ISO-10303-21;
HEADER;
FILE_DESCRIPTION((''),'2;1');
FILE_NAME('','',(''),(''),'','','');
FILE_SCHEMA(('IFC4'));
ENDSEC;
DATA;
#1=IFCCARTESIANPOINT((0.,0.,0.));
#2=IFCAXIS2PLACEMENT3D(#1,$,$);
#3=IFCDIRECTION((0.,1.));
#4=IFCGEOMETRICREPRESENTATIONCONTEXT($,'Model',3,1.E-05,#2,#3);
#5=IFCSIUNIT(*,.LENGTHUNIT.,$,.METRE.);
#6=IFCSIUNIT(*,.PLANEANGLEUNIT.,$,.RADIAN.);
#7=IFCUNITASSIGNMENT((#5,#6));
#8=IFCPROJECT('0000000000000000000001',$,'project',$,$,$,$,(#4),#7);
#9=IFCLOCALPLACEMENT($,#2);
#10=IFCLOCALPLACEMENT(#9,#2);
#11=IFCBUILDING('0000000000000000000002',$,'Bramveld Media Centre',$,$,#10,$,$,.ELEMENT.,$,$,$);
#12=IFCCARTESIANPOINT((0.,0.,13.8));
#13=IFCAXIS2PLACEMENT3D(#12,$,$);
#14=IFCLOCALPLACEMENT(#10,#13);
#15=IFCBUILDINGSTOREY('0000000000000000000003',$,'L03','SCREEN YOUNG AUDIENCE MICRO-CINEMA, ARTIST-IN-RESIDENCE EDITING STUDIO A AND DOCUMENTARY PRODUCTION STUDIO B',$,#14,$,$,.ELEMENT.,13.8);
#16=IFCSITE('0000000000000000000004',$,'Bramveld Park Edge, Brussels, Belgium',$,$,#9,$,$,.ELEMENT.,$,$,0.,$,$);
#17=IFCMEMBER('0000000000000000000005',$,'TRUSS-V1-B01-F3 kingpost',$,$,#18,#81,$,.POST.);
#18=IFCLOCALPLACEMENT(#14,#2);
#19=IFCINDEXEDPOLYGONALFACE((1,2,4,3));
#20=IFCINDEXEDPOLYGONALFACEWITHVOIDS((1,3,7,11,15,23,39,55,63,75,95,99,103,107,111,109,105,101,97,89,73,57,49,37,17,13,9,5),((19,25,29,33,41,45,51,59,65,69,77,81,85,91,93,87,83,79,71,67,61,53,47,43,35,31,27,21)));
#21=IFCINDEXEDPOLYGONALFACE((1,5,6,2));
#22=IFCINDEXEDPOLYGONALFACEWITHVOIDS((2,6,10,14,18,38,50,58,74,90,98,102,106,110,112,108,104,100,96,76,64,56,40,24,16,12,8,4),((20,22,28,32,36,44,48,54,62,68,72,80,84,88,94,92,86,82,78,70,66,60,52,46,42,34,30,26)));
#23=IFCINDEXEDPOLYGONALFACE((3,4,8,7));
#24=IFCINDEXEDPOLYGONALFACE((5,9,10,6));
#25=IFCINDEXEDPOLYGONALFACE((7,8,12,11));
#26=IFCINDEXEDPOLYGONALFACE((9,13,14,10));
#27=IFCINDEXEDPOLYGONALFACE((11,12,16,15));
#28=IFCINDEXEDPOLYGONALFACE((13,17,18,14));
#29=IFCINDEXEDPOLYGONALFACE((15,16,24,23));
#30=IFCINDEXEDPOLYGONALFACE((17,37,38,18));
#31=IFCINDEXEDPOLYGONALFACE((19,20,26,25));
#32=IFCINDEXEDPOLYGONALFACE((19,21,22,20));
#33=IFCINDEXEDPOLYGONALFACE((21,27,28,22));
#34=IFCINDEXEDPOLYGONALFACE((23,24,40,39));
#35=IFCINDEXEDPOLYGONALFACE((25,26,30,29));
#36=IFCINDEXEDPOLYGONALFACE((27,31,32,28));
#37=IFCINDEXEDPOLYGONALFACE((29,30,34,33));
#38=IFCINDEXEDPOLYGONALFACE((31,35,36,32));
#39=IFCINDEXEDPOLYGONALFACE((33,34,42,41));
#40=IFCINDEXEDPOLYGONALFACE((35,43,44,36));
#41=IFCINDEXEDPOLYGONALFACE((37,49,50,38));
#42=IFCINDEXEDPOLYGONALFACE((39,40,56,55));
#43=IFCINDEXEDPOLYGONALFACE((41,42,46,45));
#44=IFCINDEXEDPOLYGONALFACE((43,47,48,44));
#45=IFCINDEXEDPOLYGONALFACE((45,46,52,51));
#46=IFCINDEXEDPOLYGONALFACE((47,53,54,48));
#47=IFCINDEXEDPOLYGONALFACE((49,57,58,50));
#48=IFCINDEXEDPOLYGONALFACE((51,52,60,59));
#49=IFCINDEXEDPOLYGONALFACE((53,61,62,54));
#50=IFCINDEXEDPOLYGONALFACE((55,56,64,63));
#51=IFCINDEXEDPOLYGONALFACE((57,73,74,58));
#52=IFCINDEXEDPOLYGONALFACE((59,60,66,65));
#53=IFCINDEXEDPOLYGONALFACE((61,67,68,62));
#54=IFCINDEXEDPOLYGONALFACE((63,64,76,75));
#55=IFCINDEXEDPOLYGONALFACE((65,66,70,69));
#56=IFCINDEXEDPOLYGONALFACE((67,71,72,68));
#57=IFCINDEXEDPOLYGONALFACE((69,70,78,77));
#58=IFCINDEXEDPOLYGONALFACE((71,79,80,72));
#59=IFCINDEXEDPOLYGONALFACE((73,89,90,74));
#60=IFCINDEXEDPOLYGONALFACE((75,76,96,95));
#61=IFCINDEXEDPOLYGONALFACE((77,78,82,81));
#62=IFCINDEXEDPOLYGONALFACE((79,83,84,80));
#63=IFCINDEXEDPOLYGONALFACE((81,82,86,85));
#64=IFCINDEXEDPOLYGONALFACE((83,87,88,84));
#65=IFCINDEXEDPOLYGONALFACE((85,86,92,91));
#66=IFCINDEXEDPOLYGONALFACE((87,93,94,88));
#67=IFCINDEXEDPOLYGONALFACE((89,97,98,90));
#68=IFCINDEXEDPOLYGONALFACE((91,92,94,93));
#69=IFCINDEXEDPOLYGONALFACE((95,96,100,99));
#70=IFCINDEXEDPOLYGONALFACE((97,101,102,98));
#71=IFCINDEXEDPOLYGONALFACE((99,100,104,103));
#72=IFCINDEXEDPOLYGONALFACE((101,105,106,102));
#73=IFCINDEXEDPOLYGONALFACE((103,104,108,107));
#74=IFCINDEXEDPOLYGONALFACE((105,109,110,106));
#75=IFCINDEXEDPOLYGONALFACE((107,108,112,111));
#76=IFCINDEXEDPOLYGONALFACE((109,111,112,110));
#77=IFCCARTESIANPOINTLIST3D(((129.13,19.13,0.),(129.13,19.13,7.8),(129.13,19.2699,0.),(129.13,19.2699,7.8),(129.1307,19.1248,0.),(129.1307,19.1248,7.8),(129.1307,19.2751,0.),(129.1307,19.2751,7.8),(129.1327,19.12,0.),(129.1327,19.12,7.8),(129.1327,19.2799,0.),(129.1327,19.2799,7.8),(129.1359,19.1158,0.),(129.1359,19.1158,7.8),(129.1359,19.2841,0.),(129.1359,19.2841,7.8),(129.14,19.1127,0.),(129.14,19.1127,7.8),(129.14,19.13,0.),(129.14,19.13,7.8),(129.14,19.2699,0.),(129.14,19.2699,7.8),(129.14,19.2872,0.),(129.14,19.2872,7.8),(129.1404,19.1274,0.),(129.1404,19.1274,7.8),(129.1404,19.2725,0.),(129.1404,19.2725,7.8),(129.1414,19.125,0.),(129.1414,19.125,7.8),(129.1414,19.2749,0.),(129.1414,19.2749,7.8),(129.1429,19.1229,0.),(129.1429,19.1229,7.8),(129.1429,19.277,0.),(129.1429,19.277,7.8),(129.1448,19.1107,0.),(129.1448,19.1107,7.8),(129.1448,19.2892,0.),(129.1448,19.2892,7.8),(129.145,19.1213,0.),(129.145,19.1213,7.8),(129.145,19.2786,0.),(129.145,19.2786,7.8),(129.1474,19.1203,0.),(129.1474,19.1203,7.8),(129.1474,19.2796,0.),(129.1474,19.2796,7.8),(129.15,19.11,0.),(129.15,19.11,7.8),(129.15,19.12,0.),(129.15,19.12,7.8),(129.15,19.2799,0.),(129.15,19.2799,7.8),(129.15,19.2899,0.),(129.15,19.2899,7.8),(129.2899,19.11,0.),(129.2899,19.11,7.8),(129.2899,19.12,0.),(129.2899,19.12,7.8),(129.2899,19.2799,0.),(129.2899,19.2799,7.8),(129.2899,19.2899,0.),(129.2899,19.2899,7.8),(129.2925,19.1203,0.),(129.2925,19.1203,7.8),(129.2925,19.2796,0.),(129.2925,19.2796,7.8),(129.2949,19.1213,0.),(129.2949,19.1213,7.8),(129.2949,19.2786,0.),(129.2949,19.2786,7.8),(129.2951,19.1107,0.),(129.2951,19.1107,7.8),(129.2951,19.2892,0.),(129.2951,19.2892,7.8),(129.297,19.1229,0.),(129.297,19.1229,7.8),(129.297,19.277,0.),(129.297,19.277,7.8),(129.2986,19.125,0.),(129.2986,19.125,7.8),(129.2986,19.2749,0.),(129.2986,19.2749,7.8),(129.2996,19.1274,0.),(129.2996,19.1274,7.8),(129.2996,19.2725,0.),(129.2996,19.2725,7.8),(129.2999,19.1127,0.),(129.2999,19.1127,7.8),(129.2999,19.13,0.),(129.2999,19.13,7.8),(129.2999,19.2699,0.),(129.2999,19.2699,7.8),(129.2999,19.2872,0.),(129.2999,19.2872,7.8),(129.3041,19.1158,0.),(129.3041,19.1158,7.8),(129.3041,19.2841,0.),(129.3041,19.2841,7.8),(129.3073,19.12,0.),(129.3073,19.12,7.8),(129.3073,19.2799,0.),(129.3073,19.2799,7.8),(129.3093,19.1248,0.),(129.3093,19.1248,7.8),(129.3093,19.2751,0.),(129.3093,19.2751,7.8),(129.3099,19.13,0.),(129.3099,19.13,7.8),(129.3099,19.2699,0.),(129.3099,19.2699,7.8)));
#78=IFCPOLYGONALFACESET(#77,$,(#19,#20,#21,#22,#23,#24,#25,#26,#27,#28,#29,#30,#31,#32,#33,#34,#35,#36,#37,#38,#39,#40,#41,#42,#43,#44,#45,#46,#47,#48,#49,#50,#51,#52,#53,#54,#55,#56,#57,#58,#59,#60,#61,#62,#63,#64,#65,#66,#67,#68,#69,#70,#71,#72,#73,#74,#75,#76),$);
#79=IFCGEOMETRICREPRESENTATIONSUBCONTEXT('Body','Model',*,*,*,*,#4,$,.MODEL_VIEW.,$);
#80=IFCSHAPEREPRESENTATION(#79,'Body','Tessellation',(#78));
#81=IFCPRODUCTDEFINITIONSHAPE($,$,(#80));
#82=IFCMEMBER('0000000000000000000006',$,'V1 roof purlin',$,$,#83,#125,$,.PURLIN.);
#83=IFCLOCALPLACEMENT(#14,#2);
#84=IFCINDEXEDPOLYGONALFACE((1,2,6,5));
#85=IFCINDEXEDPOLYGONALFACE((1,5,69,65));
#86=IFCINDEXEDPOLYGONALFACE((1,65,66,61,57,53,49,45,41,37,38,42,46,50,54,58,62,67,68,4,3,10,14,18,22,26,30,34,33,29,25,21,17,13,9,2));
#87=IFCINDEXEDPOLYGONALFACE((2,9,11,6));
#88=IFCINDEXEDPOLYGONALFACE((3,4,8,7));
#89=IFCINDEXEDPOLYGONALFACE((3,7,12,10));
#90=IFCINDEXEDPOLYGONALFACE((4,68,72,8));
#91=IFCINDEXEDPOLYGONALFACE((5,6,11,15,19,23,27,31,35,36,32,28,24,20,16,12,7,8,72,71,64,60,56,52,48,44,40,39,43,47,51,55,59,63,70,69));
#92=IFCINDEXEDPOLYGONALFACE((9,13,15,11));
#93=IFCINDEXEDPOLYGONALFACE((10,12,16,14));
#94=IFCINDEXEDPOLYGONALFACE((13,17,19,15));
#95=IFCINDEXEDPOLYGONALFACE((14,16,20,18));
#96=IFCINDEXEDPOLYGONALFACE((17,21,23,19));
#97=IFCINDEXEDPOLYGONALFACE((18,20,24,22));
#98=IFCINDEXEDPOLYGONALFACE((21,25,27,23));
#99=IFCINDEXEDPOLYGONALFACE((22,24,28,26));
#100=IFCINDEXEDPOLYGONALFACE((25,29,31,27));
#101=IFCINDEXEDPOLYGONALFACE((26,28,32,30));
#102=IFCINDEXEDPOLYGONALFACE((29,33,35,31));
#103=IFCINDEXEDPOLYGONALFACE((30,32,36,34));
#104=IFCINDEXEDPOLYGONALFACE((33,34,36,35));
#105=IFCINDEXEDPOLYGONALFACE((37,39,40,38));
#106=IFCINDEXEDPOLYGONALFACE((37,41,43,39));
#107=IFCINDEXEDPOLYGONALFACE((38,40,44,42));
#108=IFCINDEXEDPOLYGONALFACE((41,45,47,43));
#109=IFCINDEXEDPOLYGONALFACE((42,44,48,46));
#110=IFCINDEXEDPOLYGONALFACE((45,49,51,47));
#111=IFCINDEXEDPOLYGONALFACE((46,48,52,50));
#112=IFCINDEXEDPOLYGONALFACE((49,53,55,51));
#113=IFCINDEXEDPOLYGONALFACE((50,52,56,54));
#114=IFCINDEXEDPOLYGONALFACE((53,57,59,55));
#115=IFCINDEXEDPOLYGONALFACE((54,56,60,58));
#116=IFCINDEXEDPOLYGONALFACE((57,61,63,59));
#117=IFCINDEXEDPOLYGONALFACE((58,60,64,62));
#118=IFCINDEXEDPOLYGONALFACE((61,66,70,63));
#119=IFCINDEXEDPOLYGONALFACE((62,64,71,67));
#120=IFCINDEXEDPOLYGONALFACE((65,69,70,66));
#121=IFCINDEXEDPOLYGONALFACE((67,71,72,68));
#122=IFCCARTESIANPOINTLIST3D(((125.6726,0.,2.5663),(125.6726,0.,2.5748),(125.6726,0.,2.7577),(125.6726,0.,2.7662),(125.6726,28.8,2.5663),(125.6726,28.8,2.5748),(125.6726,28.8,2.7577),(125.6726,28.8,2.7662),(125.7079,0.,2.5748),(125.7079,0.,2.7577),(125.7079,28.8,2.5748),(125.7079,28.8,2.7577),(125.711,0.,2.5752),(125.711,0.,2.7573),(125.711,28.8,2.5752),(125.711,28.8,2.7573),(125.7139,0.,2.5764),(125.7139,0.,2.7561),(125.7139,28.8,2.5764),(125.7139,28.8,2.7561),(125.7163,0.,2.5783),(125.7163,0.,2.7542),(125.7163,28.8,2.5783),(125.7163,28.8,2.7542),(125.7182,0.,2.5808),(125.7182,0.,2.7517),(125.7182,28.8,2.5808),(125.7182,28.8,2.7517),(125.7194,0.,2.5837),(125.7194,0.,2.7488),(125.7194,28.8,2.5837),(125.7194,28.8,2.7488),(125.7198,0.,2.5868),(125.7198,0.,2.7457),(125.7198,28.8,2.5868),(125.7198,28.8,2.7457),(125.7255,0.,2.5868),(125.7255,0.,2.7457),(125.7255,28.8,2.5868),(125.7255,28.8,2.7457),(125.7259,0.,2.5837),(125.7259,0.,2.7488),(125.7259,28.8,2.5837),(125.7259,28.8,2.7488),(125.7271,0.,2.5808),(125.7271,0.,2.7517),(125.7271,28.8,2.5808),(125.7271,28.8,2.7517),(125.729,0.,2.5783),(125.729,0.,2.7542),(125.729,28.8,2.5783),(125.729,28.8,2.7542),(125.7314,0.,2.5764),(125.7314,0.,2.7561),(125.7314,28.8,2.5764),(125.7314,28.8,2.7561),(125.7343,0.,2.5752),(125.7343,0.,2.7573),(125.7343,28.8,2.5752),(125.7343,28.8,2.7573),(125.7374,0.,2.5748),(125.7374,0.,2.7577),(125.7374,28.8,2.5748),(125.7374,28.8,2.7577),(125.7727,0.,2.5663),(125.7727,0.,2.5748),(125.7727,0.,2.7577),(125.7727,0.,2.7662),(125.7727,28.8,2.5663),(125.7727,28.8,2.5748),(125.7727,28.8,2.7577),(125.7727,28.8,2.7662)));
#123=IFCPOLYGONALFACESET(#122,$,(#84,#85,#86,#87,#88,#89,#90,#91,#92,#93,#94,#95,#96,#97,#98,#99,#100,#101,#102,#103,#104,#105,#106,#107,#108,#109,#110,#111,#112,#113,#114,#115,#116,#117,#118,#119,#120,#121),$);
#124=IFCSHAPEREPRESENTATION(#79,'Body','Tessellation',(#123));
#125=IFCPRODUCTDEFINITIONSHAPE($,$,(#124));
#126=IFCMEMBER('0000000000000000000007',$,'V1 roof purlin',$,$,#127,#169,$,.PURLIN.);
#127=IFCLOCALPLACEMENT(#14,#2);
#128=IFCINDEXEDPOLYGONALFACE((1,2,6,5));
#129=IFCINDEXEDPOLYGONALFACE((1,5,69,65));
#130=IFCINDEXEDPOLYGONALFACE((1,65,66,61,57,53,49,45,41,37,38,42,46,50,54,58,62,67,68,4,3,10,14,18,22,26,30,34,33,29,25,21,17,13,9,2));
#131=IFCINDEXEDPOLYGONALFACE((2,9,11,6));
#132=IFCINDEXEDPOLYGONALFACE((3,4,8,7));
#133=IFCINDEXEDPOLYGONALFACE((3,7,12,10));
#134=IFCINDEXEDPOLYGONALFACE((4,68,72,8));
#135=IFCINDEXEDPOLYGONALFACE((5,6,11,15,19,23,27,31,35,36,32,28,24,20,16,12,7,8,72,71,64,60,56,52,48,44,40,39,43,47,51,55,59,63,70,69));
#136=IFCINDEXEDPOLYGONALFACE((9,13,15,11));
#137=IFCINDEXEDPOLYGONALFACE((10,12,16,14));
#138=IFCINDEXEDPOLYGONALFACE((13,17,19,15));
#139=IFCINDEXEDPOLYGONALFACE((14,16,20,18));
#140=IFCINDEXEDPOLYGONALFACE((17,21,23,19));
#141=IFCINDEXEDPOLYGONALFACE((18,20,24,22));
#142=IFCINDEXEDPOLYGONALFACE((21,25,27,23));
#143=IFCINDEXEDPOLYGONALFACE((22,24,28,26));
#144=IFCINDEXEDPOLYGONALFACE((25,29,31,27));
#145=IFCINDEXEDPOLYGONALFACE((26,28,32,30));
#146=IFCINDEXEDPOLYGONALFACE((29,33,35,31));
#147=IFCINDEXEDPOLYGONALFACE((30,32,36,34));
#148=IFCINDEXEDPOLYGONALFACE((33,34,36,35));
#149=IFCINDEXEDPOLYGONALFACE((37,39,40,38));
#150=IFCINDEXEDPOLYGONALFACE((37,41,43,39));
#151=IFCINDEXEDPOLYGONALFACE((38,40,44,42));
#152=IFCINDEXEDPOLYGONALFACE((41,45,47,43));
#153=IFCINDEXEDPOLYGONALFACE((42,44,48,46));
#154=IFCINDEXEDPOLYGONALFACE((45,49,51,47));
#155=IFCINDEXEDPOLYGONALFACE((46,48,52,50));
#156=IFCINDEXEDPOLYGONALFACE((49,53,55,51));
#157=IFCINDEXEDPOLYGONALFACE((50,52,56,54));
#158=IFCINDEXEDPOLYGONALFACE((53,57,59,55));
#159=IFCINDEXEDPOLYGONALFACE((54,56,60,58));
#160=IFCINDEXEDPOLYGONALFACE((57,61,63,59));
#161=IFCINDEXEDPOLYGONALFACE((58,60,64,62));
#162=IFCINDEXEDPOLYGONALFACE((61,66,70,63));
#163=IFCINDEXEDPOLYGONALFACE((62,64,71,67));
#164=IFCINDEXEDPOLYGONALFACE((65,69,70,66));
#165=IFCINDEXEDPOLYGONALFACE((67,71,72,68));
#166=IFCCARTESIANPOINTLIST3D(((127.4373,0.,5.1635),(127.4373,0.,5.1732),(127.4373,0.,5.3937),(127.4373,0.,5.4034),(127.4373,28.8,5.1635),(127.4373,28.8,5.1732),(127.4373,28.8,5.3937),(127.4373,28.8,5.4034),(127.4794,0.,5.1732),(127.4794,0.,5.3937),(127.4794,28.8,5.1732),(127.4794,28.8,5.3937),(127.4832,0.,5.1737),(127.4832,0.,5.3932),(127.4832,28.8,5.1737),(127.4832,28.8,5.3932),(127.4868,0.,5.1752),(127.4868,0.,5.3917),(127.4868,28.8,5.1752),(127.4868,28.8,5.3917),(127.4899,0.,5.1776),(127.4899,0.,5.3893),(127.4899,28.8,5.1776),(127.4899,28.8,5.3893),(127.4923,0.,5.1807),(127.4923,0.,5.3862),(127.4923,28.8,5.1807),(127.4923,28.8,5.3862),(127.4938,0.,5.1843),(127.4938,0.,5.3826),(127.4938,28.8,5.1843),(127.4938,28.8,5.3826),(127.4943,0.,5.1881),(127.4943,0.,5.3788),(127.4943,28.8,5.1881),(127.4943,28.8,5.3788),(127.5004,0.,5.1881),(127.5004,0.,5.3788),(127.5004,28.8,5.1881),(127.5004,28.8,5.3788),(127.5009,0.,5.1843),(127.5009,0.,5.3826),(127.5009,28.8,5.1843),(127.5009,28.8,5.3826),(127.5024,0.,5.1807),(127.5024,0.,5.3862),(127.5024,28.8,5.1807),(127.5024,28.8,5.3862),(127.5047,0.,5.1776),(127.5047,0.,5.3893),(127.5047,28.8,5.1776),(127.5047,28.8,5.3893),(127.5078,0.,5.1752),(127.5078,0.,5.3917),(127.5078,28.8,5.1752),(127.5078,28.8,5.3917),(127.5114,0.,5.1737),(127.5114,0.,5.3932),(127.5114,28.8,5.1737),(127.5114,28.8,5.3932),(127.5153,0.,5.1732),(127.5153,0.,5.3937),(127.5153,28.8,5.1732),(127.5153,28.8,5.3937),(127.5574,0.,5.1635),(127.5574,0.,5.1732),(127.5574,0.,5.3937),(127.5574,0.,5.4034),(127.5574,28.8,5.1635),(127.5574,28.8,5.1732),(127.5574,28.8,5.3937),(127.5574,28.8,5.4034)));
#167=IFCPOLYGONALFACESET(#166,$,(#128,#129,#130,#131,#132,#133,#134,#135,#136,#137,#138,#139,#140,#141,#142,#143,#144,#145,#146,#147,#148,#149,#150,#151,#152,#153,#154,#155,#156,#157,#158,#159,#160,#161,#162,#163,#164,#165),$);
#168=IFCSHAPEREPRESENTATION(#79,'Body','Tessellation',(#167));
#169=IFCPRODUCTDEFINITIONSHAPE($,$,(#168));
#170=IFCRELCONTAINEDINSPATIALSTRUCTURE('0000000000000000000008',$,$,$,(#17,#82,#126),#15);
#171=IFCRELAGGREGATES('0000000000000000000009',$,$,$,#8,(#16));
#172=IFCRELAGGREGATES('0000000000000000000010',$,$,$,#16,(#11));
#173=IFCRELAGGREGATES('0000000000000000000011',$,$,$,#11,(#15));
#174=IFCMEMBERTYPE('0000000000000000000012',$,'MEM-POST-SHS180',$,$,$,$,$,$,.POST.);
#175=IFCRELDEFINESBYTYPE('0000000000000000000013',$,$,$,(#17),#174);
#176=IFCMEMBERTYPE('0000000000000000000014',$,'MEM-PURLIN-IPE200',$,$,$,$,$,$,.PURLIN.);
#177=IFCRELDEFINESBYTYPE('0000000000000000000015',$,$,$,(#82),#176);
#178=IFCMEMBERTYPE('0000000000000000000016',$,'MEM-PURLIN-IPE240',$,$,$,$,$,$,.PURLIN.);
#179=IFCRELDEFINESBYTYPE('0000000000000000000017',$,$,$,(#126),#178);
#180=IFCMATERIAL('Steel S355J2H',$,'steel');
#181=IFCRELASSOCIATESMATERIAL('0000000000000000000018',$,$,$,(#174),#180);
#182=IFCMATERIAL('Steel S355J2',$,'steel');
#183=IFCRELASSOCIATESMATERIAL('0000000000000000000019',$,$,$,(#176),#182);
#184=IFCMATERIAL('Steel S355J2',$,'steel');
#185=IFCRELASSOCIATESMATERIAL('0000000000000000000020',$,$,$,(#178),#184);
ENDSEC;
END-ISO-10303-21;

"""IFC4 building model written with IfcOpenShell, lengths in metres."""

from ifc_helpers import new_model, si_unit, direction, frame, origin, origin_2d, place, context, subcontext, project, spatial, hollow_rectangle, i_section, extrude, material, material_profile, profile_set, type_object, element, save


model = new_model("IFC4")

# Units and contexts
model_context = context("Model", 3, precision=1e-05, world=origin(), true_north=direction((0.0, 1.0)))
body_context = subcontext(model_context, "Body", "Model", "MODEL_VIEW")
ifc_project = project(units=[si_unit("LENGTHUNIT", "METRE"), si_unit("PLANEANGLEUNIT", "RADIAN")], contexts=[model_context])

# Site, building, storey
site_placement = place(None, origin())
site = spatial("IfcSite", under=ifc_project, at=site_placement, Name="Bramveld Park Edge, Brussels, Belgium", CompositionType="ELEMENT", RefElevation=0.0)
building_placement = place(site_placement, origin())
building = spatial("IfcBuilding", under=site, at=building_placement, Name="Bramveld Media Centre", CompositionType="ELEMENT")
storey_placement = place(building_placement, frame((0.0, 0.0, 13.8)))
storey = spatial("IfcBuildingStorey", under=building, at=storey_placement, Name="L03", Description="SCREEN YOUNG AUDIENCE MICRO-CINEMA, ARTIST-IN-RESIDENCE EDITING STUDIO A AND DOCUMENTARY PRODUCTION STUDIO B", CompositionType="ELEMENT", Elevation=13.8)

# Members
ifc_material_1 = material(Name="Steel S355J2H", Category="steel")
ifc_material_profile_1 = material_profile(ifc_material_1, hollow_rectangle(XDim=0.1799, YDim=0.1799, WallThickness=0.01, InnerFilletRadius=0.01, OuterFilletRadius=0.02, at=origin_2d()), Name="SHS 180x180x10")
ifc_profile_set_1 = profile_set([ifc_material_profile_1], Name="Steel S355J2H")
member_type_1 = type_object("IfcMemberType", Name="MEM-POST-SHS180", PredefinedType="POST", material=ifc_profile_set_1)
for number, where, z_axis, x_axis, name in (
    (1, (129.22, 19.2, 0.0), (0.0, 0.0, 1.0), (1.0, 0.0, 0.0), "TRUSS-V1-B01-F3 kingpost"),
):
    element("IfcMember", number, at=place(storey_placement, frame(where, z_axis=z_axis, x_axis=x_axis)), inside=storey, type_object=member_type_1, Name=name, PredefinedType="POST", context=body_context, shape_type="SweptSolid", body=[
        extrude(hollow_rectangle(XDim=0.1799, YDim=0.1799, WallThickness=0.01, InnerFilletRadius=0.01, OuterFilletRadius=0.02, at=origin_2d()), origin(), (0.0, 0.0, 1.0), 7.8),
    ])
ifc_material_2 = material(Name="Steel S355J2", Category="steel")
ifc_material_profile_2 = material_profile(ifc_material_2, i_section(OverallWidth=0.1001, OverallDepth=0.2, WebThickness=0.0056, FlangeThickness=0.0085, FilletRadius=0.012, at=origin_2d()), Name="IPE 200")
ifc_profile_set_2 = profile_set([ifc_material_profile_2], Name="Steel S355J2")
member_type_2 = type_object("IfcMemberType", Name="MEM-PURLIN-IPE200", PredefinedType="PURLIN", material=ifc_profile_set_2)
member_1_placement = place(storey_placement, frame((125.7227, 0.0, 2.6663), z_axis=(0.0, 1.0, 0.0), x_axis=(-1.0, 0.0, 0.0)))
element("IfcMember", 2, at=member_1_placement, inside=storey, type_object=member_type_2, Name="V1 roof purlin", PredefinedType="PURLIN", context=body_context, shape_type="SweptSolid", body=[
    extrude(i_section(OverallWidth=0.1001, OverallDepth=0.2, WebThickness=0.0056, FlangeThickness=0.0085, FilletRadius=0.012, at=origin_2d()), origin(), (0.0, 0.0, 1.0), 28.8),
])
ifc_material_3 = material(Name="Steel S355J2", Category="steel")
ifc_material_profile_3 = material_profile(ifc_material_3, i_section(OverallWidth=0.1201, OverallDepth=0.24, WebThickness=0.0061, FlangeThickness=0.0098, FilletRadius=0.0149, at=origin_2d()), Name="IPE 240")
ifc_profile_set_3 = profile_set([ifc_material_profile_3], Name="Steel S355J2")
member_type_3 = type_object("IfcMemberType", Name="MEM-PURLIN-IPE240", PredefinedType="PURLIN", material=ifc_profile_set_3)
member_2_placement = place(storey_placement, frame((127.4973, 0.0, 5.2834), z_axis=(0.0, 1.0, 0.0), x_axis=(-1.0, 0.0, 0.0)))
element("IfcMember", 3, at=member_2_placement, inside=storey, type_object=member_type_3, Name="V1 roof purlin", PredefinedType="PURLIN", context=body_context, shape_type="SweptSolid", body=[
    extrude(i_section(OverallWidth=0.1201, OverallDepth=0.24, WebThickness=0.0061, FlangeThickness=0.0098, FilletRadius=0.0149, at=origin_2d()), origin(), (0.0, 0.0, 1.0), 28.8),
])

save(model, "model.ifc")
